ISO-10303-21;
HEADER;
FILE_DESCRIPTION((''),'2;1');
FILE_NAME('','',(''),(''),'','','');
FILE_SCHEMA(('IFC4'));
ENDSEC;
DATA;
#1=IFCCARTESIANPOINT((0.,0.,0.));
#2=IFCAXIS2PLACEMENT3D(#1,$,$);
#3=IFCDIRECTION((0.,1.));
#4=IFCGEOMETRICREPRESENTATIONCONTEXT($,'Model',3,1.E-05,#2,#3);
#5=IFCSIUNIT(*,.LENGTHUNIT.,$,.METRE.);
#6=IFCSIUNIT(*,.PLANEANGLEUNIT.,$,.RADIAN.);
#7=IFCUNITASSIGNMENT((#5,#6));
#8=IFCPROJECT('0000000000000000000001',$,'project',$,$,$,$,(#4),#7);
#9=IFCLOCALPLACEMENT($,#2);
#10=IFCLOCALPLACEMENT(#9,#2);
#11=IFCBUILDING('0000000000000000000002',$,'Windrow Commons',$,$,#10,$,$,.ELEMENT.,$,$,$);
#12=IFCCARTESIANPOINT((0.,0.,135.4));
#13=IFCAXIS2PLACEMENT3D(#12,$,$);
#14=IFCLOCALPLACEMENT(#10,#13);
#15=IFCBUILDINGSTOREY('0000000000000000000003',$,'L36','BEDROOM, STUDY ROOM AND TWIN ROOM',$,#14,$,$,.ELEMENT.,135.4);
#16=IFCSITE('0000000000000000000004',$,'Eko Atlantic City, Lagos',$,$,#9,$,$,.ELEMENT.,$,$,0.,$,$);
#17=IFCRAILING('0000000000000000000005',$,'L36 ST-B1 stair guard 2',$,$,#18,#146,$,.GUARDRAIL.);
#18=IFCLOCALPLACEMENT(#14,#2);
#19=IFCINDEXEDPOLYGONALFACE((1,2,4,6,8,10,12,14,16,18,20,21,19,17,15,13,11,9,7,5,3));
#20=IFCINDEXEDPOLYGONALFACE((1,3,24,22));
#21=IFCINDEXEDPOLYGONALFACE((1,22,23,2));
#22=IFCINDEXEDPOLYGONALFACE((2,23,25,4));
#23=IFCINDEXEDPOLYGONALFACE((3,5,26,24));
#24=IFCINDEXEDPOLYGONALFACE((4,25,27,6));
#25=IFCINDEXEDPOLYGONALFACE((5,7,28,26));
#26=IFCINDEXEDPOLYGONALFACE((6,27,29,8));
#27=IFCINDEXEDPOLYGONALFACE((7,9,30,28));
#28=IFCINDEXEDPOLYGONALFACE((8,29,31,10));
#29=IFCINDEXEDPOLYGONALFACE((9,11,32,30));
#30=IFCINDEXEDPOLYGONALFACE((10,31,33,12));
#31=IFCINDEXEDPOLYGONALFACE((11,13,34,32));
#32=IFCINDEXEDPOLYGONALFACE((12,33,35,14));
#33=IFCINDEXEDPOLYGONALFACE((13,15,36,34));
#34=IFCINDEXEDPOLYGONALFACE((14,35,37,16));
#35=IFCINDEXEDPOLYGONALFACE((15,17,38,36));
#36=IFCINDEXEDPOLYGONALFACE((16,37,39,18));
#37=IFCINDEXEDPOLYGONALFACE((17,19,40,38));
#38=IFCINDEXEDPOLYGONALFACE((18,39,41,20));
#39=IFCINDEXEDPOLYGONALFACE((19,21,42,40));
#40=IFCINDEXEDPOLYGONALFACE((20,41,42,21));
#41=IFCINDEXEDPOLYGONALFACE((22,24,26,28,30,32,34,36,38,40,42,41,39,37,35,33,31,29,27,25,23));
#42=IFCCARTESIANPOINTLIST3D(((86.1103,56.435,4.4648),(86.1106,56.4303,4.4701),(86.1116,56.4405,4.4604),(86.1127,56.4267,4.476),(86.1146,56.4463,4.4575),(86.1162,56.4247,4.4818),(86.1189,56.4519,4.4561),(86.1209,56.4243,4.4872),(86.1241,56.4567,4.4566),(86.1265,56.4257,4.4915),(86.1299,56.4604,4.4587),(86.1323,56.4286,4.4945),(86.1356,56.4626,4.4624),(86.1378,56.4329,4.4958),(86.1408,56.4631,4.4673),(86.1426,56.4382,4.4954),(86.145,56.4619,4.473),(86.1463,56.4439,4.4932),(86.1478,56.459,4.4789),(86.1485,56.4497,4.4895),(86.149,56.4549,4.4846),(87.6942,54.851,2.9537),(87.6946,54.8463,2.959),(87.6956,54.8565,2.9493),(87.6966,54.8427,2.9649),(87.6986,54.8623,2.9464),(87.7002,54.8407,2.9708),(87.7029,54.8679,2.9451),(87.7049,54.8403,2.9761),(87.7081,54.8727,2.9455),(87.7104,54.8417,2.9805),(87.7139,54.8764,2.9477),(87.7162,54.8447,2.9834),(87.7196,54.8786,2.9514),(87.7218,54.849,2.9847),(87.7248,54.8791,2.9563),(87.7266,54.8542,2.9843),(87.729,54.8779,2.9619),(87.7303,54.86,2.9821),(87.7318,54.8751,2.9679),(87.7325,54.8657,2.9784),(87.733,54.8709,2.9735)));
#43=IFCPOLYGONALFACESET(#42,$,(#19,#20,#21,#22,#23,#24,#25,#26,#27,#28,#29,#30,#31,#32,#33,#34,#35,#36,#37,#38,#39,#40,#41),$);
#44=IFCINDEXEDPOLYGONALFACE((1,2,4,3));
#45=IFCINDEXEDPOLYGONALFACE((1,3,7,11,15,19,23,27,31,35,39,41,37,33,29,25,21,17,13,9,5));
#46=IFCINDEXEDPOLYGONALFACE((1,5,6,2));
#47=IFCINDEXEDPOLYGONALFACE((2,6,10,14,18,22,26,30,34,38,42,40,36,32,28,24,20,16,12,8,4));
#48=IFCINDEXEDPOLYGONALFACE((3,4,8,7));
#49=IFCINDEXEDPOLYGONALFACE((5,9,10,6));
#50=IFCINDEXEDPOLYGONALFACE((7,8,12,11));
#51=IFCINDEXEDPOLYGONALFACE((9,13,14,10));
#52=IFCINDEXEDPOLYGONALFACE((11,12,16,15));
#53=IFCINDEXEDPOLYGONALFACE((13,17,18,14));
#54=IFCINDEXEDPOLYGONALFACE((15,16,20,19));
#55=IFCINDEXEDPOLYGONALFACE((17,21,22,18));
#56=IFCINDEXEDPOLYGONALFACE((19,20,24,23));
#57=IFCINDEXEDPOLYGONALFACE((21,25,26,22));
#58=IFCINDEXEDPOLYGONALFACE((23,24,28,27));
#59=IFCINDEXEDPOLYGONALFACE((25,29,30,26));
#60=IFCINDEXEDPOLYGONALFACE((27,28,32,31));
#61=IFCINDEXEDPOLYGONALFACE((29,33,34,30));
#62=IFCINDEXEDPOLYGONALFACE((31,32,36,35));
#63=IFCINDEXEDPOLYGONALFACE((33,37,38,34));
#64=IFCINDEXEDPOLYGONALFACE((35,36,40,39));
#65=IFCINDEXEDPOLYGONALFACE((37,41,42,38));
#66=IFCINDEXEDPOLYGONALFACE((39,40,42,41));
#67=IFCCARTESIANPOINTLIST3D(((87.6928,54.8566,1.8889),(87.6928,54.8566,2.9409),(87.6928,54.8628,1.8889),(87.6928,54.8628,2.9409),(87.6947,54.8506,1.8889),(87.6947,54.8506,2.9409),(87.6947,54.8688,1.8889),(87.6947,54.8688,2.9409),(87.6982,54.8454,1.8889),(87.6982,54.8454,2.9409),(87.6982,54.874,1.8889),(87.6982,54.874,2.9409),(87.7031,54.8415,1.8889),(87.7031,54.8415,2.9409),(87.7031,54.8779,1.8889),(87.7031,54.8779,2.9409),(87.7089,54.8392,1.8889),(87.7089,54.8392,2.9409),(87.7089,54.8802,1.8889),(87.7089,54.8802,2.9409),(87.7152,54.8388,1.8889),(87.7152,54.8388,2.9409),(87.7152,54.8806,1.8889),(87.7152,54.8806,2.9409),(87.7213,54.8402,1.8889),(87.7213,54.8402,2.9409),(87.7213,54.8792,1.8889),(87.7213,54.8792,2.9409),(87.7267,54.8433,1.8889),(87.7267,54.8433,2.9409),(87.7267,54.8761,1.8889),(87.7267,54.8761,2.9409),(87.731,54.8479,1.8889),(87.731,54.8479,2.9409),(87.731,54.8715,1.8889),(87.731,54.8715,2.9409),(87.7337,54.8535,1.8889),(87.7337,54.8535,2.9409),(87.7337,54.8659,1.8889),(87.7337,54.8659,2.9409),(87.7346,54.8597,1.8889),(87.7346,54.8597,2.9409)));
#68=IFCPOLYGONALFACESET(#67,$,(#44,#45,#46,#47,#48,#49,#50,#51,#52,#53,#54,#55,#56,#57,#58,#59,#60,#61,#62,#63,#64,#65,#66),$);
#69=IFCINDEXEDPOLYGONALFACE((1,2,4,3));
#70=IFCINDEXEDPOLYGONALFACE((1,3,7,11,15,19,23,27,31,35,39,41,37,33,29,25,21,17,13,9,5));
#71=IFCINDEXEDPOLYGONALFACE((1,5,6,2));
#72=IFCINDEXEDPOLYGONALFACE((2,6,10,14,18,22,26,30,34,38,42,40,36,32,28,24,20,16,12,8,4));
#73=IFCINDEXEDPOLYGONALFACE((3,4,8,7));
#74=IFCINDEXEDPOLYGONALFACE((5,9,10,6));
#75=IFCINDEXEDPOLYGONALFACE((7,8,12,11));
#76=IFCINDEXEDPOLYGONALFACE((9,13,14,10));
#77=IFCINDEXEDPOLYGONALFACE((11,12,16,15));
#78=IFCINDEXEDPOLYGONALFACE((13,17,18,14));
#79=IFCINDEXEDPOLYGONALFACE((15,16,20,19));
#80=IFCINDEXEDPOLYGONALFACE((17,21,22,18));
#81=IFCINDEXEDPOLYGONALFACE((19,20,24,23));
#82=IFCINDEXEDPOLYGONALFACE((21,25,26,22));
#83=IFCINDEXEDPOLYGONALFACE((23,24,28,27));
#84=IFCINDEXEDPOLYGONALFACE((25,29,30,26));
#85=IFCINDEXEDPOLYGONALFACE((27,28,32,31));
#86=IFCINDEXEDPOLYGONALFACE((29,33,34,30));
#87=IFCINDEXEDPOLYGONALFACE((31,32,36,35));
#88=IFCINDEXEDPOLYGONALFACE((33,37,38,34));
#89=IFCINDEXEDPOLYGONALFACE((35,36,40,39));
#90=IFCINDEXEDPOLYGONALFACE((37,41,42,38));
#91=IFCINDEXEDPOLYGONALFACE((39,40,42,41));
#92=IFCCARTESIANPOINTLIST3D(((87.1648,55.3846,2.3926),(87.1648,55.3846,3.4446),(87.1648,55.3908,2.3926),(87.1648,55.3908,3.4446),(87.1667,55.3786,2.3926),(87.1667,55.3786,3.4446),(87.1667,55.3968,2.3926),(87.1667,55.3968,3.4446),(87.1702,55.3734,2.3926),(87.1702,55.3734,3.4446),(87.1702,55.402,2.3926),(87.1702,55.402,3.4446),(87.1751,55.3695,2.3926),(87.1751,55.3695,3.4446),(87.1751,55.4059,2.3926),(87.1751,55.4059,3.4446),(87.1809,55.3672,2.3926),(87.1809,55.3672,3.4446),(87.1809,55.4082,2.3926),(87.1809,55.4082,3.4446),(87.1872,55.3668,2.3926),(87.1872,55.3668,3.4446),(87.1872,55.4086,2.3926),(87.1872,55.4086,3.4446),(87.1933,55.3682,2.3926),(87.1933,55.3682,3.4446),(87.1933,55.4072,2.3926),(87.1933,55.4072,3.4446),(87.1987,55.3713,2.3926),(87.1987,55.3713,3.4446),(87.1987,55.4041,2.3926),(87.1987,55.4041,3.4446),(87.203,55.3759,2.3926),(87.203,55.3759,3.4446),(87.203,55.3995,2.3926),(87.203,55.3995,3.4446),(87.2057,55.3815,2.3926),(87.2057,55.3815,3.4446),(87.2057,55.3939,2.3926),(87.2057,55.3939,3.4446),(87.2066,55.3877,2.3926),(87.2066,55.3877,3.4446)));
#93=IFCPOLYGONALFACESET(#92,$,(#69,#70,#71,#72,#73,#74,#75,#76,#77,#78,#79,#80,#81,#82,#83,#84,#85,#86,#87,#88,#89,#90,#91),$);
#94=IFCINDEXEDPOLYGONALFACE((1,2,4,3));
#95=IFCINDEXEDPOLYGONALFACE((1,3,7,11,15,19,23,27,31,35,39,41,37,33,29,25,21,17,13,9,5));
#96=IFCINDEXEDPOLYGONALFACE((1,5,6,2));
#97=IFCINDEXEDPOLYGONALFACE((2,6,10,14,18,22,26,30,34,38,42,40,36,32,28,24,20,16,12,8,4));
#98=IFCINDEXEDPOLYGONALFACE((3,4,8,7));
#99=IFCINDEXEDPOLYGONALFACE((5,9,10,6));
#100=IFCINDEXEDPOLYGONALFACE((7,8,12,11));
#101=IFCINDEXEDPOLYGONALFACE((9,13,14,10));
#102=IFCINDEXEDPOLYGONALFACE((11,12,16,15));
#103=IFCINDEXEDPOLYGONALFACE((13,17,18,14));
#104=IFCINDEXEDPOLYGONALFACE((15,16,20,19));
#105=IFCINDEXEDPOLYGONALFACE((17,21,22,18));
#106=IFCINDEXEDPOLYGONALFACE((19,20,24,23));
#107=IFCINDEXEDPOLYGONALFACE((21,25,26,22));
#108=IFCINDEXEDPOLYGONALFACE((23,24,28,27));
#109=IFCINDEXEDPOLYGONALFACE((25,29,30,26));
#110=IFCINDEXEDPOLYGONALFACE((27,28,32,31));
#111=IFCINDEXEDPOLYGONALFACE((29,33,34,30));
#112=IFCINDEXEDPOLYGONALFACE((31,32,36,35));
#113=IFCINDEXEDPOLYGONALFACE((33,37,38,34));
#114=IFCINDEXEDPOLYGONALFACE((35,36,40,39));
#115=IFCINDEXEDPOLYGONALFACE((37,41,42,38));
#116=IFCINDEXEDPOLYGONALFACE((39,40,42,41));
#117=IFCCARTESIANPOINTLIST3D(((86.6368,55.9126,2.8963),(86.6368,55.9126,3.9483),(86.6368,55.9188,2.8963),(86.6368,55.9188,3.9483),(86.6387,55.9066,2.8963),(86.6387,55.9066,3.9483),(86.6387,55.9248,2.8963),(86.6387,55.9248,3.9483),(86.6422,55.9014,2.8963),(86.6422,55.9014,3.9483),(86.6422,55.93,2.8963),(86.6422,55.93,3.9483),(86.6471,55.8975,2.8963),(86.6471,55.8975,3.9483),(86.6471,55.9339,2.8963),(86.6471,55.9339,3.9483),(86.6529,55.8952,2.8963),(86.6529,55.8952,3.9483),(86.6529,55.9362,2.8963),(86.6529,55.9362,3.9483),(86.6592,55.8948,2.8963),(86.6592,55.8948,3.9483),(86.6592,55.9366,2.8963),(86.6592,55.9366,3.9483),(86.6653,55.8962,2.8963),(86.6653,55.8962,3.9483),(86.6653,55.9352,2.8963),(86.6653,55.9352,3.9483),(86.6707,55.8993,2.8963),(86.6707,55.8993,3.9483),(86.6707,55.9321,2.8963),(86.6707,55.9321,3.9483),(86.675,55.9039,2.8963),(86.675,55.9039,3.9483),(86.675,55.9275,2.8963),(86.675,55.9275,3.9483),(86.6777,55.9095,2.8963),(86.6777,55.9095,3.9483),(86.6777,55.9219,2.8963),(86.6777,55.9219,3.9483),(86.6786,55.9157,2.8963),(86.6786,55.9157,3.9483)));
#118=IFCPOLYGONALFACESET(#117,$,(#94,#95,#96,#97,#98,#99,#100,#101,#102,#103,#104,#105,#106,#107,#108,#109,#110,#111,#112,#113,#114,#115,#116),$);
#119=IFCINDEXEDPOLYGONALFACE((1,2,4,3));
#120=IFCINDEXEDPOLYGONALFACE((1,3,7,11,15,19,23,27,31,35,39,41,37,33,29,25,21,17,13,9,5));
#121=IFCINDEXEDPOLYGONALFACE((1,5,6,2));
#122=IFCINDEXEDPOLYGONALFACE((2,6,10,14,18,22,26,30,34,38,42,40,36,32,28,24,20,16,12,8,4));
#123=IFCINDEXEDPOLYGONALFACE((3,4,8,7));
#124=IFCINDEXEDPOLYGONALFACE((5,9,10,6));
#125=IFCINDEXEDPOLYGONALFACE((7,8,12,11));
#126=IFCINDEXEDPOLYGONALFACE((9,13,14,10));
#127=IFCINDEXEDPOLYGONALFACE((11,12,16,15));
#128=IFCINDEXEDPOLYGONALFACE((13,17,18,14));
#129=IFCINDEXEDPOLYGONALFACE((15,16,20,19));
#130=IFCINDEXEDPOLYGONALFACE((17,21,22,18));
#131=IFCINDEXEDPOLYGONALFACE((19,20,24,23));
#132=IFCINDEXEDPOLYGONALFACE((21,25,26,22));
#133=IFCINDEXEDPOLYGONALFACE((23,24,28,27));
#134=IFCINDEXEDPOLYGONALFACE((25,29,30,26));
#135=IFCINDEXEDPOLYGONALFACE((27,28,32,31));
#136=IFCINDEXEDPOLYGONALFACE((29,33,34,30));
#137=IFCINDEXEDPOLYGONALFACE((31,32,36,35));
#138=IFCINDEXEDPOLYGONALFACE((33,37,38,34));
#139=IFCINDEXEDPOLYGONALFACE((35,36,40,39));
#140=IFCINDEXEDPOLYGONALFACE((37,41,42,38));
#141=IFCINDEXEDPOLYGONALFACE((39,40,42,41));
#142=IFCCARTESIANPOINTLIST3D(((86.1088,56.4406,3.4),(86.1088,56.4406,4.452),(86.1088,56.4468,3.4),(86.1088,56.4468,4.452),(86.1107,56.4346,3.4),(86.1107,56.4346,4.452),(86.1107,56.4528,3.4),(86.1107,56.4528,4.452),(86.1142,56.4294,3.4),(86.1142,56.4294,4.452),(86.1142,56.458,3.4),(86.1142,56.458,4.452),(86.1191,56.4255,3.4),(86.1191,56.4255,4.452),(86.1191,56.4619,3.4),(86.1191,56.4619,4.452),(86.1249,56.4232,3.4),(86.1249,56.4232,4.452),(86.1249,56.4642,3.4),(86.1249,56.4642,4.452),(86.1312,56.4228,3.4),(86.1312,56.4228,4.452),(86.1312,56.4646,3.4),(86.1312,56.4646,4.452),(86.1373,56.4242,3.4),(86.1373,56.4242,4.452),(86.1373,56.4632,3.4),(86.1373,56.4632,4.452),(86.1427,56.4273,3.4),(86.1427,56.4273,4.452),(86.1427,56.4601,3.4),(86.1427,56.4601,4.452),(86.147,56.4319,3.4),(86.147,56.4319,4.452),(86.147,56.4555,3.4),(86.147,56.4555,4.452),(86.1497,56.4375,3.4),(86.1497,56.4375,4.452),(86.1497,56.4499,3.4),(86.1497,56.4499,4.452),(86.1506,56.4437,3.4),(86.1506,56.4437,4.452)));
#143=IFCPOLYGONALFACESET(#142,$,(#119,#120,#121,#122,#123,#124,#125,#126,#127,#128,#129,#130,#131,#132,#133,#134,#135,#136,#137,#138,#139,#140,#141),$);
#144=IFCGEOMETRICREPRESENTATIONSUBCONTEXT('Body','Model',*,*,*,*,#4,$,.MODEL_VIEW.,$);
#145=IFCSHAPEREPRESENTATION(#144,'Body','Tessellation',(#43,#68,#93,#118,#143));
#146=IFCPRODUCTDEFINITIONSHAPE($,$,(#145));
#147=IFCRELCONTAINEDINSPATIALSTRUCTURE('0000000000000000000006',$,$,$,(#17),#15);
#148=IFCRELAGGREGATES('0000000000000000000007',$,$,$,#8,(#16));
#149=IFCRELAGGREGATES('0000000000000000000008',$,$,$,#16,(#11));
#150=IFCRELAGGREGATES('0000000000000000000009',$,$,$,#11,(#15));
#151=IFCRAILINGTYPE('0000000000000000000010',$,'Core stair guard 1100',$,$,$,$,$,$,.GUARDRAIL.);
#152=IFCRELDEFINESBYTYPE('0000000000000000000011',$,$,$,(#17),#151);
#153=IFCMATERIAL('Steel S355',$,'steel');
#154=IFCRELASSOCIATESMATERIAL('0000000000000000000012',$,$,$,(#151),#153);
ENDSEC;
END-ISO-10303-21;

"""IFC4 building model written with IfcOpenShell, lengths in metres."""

from ifc_helpers import new_model, si_unit, direction, frame, origin, origin_2d, place, context, subcontext, project, spatial, circle, extrude, material, type_object, element, save


model = new_model("IFC4")

# Units and contexts
model_context = context("Model", 3, precision=1e-05, world=origin(), true_north=direction((0.0, 1.0)))
body_context = subcontext(model_context, "Body", "Model", "MODEL_VIEW")
ifc_project = project(units=[si_unit("LENGTHUNIT", "METRE"), si_unit("PLANEANGLEUNIT", "RADIAN")], contexts=[model_context])

# Site, building, storey
site_placement = place(None, origin())
site = spatial("IfcSite", under=ifc_project, at=site_placement, Name="Eko Atlantic City, Lagos", CompositionType="ELEMENT", RefElevation=0.0)
building_placement = place(site_placement, origin())
building = spatial("IfcBuilding", under=site, at=building_placement, Name="Windrow Commons", CompositionType="ELEMENT")
storey_placement = place(building_placement, frame((0.0, 0.0, 135.4)))
storey = spatial("IfcBuildingStorey", under=building, at=storey_placement, Name="L36", Description="BEDROOM, STUDY ROOM AND TWIN ROOM", CompositionType="ELEMENT", Elevation=135.4)

# Railing
ifc_material_1 = material(Name="Steel S355", Category="steel")
railing_type_1 = type_object("IfcRailingType", Name="Core stair guard 1100", PredefinedType="GUARDRAIL", material=ifc_material_1)
railing_1_placement = place(storey_placement, frame((87.7136, 54.8597, 1.8889)))
element("IfcRailing", 1, at=railing_1_placement, inside=storey, type_object=railing_type_1, Name="L36 ST-B1 stair guard 2", PredefinedType="GUARDRAIL", context=body_context, shape_type="SweptSolid", body=[
    extrude(circle(Radius=0.024, at=origin_2d()), frame((0.0, 0.0, 1.076), z_axis=(-0.586203, 0.586203, 0.559224), x_axis=(-0.707107, -0.707107, 0.0)), (0.0, 0.0, 1.0), 2.7021),
    extrude(circle(Radius=0.021, at=origin_2d()), origin(), (0.0, 0.0, 1.0), 1.052),
    extrude(circle(Radius=0.021, at=origin_2d()), frame((-0.528, 0.528, 0.5037)), (0.0, 0.0, 1.0), 1.052),
    extrude(circle(Radius=0.021, at=origin_2d()), frame((-1.056, 1.056, 1.0074)), (0.0, 0.0, 1.0), 1.052),
    extrude(circle(Radius=0.021, at=origin_2d()), frame((-1.584, 1.584, 1.5111)), (0.0, 0.0, 1.0), 1.052),
])

save(model, "model.ifc")
